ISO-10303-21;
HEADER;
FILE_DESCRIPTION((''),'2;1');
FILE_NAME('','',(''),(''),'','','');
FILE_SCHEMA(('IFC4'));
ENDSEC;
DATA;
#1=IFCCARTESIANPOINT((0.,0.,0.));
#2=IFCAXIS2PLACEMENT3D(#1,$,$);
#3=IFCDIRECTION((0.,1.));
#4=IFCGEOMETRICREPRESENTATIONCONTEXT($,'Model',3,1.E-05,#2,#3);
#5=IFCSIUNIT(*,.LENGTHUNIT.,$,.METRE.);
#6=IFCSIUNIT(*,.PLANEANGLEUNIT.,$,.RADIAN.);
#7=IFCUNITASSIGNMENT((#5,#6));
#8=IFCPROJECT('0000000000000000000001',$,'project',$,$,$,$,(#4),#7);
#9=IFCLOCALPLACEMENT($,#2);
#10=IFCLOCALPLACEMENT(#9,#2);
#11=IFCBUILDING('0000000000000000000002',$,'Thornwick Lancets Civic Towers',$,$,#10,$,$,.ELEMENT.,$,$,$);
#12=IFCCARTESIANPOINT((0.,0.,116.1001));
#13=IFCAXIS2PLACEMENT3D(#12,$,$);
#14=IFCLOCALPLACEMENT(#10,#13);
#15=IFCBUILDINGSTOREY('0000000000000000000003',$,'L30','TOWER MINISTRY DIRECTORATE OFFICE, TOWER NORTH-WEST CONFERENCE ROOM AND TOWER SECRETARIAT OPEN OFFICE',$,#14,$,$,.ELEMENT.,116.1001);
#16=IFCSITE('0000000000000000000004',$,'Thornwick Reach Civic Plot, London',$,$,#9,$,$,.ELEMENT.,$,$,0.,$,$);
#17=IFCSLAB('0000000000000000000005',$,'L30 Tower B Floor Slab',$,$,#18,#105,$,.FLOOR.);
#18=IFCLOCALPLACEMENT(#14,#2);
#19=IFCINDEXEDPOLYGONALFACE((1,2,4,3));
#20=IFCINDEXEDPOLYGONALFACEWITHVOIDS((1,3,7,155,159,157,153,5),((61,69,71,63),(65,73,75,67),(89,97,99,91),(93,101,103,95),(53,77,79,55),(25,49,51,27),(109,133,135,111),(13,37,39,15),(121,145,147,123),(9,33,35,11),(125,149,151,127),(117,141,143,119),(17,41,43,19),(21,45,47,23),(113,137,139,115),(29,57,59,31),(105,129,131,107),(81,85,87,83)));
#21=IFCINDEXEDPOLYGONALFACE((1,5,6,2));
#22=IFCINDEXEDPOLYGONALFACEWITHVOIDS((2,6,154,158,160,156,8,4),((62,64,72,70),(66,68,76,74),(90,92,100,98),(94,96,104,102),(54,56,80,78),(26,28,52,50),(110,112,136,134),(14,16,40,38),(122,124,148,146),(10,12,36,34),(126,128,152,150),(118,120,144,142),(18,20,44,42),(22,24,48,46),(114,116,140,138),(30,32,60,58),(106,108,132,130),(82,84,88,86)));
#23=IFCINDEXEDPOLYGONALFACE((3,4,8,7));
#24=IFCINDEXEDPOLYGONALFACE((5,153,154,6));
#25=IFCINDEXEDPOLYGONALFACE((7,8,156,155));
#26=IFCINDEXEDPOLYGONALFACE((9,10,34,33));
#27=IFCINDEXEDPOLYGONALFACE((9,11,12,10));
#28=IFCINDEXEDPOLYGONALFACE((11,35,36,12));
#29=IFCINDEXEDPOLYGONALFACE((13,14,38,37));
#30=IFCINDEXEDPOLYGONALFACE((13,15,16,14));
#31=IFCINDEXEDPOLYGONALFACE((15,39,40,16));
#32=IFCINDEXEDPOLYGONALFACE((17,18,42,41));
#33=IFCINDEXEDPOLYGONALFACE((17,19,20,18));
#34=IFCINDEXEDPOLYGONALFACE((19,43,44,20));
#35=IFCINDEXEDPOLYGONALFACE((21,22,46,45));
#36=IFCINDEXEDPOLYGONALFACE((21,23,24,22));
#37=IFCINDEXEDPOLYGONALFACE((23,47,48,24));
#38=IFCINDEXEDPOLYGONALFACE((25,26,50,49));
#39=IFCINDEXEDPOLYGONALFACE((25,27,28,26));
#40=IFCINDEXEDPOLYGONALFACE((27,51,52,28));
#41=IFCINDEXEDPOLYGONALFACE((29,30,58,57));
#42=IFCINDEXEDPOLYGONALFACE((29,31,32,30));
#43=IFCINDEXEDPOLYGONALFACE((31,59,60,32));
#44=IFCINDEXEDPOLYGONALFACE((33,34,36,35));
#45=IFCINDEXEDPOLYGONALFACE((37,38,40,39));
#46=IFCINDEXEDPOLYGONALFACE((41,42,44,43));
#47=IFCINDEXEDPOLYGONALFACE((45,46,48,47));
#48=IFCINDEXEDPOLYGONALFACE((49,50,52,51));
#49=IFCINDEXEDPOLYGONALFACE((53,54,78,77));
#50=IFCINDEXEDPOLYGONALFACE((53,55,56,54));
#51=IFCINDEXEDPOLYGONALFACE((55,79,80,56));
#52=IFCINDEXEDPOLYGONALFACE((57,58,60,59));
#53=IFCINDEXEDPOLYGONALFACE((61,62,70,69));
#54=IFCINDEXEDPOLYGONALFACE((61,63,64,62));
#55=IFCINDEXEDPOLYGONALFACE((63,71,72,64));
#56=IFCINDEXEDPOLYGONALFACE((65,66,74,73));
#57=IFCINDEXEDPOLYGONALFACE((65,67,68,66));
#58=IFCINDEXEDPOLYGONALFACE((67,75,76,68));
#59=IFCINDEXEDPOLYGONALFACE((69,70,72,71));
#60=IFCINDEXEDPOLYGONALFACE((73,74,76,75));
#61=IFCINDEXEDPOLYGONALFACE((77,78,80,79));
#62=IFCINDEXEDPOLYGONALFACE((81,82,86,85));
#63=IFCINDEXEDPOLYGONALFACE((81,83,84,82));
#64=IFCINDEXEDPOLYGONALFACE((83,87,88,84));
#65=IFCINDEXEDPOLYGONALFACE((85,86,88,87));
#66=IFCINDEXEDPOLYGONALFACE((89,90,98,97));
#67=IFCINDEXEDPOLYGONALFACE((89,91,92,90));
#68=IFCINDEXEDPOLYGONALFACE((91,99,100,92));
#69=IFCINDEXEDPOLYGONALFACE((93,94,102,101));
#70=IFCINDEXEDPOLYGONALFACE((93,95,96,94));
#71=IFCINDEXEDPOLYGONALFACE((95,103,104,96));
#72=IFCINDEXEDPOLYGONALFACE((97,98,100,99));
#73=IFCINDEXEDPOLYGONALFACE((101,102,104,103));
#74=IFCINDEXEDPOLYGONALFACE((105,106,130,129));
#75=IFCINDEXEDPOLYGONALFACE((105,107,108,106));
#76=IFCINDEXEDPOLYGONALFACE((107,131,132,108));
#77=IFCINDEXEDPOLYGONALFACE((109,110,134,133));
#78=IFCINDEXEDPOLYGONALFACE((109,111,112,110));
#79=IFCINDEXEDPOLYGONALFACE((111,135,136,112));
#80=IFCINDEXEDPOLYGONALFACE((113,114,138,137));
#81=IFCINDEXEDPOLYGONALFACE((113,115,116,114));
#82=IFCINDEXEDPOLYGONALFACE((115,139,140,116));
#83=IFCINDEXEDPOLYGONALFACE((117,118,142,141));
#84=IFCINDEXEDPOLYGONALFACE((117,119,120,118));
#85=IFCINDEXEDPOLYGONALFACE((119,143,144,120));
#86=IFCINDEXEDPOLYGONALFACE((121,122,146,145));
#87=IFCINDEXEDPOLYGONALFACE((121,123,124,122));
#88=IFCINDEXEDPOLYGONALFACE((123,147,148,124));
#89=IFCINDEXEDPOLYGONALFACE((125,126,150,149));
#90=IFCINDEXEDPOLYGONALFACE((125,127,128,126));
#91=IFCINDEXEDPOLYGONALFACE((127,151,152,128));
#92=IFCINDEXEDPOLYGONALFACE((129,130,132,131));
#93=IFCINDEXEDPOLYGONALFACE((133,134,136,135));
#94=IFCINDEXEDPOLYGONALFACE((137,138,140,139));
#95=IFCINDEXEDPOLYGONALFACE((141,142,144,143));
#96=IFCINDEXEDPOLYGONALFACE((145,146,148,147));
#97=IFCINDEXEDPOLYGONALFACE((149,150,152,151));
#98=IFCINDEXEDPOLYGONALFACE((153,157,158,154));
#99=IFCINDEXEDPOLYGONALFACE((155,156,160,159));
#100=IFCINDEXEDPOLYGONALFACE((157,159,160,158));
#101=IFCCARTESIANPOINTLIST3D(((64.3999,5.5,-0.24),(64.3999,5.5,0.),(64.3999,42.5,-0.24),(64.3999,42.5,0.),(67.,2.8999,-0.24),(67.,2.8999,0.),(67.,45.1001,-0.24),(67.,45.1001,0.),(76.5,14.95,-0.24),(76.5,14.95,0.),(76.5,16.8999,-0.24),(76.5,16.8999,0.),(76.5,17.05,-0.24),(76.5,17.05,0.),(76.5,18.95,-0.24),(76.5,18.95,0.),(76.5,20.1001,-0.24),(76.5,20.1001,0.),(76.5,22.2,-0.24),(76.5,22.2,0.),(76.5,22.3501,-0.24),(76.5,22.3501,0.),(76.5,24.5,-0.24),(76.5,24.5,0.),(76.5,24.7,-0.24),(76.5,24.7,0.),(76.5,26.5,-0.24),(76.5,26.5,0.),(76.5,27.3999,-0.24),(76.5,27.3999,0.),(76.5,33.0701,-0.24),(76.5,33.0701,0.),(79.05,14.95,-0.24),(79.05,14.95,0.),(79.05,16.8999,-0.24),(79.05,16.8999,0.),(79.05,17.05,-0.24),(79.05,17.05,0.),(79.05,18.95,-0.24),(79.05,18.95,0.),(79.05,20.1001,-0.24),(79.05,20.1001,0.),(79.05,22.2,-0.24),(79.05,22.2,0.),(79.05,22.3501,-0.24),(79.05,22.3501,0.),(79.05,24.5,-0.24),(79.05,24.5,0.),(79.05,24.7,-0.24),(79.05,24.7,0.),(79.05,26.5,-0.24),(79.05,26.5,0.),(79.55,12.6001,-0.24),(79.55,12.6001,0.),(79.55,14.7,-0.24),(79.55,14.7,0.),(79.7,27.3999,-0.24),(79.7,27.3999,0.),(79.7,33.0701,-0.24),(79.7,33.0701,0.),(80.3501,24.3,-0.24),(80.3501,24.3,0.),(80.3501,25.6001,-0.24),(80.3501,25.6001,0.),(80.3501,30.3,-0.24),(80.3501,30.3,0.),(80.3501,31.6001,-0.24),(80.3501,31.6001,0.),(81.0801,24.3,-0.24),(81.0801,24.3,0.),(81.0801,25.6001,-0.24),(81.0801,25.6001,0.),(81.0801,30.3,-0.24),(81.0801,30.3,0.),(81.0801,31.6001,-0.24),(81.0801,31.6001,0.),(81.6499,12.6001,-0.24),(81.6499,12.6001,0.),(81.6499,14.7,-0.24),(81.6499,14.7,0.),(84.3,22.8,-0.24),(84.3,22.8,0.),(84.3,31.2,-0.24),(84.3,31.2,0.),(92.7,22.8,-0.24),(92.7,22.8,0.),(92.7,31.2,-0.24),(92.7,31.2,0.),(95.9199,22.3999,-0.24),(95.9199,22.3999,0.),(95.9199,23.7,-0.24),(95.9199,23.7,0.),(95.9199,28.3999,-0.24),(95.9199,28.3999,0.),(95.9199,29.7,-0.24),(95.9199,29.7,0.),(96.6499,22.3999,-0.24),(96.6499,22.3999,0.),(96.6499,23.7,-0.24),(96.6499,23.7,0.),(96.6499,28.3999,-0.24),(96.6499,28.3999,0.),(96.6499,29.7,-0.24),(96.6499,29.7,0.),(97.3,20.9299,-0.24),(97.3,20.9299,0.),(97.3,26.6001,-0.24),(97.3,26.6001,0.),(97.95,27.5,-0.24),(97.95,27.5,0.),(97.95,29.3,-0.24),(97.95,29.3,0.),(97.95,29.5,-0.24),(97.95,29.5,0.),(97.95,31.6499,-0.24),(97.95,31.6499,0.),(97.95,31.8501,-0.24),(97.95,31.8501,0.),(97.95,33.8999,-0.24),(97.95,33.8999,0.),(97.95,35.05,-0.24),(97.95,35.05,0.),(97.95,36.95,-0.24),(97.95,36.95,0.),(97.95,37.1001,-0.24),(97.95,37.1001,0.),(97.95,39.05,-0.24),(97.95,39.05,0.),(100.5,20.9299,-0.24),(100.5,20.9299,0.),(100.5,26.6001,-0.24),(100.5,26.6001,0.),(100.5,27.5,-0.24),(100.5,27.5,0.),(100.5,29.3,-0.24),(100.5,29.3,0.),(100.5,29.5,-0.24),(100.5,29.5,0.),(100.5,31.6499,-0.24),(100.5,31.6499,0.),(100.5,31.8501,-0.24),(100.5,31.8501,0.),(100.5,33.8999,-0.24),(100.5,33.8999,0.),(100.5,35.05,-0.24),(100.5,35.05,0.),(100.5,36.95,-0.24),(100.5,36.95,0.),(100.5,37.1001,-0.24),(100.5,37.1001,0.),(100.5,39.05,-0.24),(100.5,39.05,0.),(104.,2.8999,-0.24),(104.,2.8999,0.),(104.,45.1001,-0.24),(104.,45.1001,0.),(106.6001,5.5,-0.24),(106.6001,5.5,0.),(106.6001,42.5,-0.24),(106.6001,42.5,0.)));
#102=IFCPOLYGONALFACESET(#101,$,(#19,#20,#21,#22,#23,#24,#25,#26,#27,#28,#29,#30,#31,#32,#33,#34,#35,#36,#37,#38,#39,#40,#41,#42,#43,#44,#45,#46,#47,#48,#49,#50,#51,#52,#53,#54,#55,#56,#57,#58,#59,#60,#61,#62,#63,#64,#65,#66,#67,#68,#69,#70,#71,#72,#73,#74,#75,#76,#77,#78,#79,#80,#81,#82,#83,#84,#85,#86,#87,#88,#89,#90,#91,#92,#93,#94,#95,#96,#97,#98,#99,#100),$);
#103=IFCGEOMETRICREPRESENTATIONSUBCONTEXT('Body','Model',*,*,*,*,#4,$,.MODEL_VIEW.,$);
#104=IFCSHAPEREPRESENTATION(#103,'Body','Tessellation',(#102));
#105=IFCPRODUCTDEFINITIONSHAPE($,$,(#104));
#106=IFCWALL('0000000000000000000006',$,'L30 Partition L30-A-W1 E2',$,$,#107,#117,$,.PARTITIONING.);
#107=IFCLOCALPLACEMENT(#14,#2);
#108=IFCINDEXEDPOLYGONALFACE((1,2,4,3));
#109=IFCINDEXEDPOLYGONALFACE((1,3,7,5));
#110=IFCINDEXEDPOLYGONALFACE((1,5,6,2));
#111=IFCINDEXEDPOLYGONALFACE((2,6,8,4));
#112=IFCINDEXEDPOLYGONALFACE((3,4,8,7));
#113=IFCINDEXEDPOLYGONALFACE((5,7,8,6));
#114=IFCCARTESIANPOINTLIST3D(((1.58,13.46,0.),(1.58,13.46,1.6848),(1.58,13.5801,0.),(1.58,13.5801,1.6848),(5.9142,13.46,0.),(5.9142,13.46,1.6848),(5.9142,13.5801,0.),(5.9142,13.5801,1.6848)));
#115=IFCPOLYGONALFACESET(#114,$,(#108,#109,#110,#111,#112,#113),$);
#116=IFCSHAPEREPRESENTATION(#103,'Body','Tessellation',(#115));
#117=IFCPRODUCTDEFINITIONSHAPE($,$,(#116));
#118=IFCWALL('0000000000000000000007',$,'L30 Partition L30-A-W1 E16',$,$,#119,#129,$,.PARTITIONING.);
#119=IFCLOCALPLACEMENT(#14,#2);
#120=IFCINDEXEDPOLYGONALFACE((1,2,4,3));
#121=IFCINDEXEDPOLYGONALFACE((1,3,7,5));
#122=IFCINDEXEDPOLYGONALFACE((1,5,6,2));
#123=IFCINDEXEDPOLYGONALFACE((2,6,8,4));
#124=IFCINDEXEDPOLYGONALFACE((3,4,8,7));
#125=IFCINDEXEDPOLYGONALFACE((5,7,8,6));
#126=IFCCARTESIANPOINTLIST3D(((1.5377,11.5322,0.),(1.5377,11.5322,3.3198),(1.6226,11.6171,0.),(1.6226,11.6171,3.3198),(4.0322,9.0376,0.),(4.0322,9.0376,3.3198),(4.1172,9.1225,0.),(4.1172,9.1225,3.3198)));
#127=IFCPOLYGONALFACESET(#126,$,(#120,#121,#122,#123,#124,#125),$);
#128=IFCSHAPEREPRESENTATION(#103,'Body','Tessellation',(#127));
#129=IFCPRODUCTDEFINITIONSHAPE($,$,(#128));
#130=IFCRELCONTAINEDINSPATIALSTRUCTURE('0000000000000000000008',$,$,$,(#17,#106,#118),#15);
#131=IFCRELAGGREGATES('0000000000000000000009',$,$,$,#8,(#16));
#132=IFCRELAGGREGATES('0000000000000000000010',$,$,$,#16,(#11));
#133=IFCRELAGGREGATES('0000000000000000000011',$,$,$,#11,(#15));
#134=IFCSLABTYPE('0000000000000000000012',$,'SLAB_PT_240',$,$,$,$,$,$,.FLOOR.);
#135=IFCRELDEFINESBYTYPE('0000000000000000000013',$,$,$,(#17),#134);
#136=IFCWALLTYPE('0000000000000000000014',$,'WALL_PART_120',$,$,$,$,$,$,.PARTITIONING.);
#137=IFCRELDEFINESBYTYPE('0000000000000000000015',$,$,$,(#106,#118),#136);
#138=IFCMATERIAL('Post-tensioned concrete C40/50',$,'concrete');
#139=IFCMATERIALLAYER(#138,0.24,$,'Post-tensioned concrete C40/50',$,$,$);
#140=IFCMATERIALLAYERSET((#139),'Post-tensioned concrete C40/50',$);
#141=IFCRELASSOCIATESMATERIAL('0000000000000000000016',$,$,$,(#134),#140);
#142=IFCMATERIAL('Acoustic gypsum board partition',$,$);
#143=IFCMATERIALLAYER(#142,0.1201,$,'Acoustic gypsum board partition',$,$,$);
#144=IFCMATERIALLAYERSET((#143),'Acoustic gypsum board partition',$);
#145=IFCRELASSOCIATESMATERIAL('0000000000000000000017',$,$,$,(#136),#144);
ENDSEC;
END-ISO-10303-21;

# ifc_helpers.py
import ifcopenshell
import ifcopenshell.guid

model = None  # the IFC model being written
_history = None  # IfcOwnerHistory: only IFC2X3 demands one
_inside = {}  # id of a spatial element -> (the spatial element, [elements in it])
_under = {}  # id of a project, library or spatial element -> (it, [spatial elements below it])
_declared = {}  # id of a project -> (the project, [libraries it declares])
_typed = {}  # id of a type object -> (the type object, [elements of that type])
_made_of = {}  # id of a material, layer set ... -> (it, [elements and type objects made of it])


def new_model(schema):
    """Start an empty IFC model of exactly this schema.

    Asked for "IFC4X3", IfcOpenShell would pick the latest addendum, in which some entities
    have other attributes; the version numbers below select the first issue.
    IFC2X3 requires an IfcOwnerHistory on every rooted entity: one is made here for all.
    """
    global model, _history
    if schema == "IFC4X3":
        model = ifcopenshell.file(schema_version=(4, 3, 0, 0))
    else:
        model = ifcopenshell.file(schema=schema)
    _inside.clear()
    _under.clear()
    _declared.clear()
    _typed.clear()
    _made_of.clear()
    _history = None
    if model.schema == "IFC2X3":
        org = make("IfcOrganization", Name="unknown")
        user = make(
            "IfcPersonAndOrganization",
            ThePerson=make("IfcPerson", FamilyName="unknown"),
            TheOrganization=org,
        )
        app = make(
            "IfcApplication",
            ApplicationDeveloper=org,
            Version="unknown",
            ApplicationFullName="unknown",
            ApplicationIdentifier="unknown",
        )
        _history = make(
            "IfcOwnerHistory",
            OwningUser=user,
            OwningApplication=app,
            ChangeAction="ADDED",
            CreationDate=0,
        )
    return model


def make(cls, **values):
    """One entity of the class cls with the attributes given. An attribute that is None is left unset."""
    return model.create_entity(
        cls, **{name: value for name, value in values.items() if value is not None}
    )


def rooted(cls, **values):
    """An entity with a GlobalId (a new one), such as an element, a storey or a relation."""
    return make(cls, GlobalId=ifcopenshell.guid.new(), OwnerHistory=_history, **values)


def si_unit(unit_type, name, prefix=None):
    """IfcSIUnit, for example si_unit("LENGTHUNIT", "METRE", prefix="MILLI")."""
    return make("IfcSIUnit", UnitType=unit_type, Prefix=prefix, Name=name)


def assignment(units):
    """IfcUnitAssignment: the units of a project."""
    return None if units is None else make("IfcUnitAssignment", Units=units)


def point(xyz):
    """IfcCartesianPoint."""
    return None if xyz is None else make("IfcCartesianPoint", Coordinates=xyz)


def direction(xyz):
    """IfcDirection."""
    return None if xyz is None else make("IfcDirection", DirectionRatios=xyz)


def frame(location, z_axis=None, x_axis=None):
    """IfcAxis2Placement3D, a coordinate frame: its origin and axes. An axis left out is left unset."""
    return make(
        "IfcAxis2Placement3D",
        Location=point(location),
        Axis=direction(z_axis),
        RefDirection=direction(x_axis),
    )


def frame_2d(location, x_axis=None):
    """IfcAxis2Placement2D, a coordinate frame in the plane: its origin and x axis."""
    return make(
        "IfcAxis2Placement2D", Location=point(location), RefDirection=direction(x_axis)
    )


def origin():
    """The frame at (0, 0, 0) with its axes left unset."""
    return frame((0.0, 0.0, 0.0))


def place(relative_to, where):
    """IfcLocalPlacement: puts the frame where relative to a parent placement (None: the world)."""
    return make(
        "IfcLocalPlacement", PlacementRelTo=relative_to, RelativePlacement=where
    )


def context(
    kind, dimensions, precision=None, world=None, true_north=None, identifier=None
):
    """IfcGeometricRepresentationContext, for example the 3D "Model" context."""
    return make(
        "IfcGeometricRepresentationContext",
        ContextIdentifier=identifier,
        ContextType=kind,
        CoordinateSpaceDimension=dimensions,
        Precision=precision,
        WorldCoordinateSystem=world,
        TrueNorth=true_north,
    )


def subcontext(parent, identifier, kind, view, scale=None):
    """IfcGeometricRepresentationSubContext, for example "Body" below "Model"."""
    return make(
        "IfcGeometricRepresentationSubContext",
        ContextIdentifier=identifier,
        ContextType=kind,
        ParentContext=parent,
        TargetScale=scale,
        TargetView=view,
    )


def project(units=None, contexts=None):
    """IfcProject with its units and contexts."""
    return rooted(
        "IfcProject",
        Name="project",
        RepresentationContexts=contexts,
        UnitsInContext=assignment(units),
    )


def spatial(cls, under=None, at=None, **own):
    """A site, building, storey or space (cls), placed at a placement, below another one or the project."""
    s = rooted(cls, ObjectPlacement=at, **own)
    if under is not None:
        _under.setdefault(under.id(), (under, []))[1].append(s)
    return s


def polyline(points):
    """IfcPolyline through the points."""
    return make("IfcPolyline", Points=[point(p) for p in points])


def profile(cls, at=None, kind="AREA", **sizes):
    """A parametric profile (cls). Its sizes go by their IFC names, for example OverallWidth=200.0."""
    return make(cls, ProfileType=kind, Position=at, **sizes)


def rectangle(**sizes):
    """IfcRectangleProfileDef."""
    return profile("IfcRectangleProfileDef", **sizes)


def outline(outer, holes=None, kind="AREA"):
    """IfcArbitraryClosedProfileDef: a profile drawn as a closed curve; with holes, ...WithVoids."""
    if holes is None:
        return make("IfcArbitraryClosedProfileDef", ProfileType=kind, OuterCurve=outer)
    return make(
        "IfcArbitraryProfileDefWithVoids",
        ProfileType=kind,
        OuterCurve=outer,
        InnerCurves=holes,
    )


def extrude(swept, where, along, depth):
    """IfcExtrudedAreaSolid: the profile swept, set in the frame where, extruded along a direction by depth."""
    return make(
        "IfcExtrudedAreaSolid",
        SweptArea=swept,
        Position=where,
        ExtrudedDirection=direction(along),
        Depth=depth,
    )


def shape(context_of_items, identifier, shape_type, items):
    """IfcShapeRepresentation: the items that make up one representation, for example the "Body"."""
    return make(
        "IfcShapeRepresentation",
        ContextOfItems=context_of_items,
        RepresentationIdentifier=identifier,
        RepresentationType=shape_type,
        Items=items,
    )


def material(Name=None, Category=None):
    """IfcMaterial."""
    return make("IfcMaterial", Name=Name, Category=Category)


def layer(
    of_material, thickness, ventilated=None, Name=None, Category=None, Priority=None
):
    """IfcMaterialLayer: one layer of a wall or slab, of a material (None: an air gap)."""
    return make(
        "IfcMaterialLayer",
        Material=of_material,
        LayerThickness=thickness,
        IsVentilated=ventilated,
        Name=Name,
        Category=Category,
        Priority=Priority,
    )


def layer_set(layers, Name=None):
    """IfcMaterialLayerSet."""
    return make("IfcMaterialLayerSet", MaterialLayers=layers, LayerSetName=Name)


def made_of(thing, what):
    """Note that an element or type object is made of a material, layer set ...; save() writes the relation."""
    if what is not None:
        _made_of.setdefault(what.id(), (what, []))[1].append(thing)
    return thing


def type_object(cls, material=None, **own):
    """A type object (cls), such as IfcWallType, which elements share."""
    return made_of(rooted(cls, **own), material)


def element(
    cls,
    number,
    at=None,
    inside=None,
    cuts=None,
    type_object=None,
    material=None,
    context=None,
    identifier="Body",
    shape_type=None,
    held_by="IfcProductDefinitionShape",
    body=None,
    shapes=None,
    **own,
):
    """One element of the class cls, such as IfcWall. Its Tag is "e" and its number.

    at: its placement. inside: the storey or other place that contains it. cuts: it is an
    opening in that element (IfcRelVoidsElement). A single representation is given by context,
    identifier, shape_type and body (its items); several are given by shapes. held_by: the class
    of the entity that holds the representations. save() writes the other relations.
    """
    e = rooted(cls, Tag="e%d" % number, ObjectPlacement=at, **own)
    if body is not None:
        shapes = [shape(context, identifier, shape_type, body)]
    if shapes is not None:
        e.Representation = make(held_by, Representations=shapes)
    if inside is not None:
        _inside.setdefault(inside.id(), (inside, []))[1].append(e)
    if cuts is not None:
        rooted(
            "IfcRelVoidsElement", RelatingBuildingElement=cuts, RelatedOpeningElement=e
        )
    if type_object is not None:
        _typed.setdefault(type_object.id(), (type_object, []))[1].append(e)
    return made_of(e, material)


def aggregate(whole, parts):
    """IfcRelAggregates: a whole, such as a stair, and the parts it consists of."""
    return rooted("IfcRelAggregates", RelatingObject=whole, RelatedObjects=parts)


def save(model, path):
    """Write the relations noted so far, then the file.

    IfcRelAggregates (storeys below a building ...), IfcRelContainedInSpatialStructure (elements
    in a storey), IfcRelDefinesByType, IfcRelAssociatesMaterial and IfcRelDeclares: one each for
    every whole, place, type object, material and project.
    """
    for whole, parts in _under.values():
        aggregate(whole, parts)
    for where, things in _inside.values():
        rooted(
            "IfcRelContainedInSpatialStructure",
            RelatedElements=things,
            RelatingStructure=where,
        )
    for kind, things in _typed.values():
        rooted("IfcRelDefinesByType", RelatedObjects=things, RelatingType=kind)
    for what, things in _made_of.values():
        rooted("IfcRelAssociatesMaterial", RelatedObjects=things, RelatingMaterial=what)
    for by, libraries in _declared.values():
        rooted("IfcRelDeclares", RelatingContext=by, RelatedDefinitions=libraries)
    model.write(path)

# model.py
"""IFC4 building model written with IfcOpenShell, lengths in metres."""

from ifc_helpers import new_model, si_unit, direction, frame, frame_2d, origin, place, context, subcontext, project, spatial, polyline, rectangle, outline, extrude, material, layer, layer_set, type_object, element, save


model = new_model("IFC4")

# Units and contexts
model_context = context("Model", 3, precision=1e-05, world=origin(), true_north=direction((0.0, 1.0)))
body_context = subcontext(model_context, "Body", "Model", "MODEL_VIEW")
ifc_project = project(units=[si_unit("LENGTHUNIT", "METRE"), si_unit("PLANEANGLEUNIT", "RADIAN")], contexts=[model_context])

# Site, building, storey
site_placement = place(None, origin())
site = spatial("IfcSite", under=ifc_project, at=site_placement, Name="Thornwick Reach Civic Plot, London", CompositionType="ELEMENT", RefElevation=0.0)
building_placement = place(site_placement, origin())
building = spatial("IfcBuilding", under=site, at=building_placement, Name="Thornwick Lancets Civic Towers", CompositionType="ELEMENT")
storey_placement = place(building_placement, frame((0.0, 0.0, 116.1001)))
storey = spatial("IfcBuildingStorey", under=building, at=storey_placement, Name="L30", Description="TOWER MINISTRY DIRECTORATE OFFICE, TOWER NORTH-WEST CONFERENCE ROOM AND TOWER SECRETARIAT OPEN OFFICE", CompositionType="ELEMENT", Elevation=116.1001)

# Shared definitions
ifc_material_1 = material(Name="Post-tensioned concrete C40/50", Category="concrete")

# Slab
ifc_layer_1 = layer(ifc_material_1, 0.24, Name="Post-tensioned concrete C40/50")
ifc_layer_set_1 = layer_set([ifc_layer_1], Name="Post-tensioned concrete C40/50")
slab_type_1 = type_object("IfcSlabType", Name="SLAB_PT_240", PredefinedType="FLOOR", material=ifc_layer_set_1)
slab_1_placement = place(storey_placement, frame((0.0, 0.0, -0.24)))
element("IfcSlab", 1, at=slab_1_placement, inside=storey, type_object=slab_type_1, Name="L30 Tower B Floor Slab", PredefinedType="FLOOR", context=body_context, shape_type="SweptSolid", body=[
    extrude(outline(polyline([(67.0, 2.8999), (104.0, 2.8999), (106.6001, 5.5), (106.6001, 42.5), (104.0, 45.1001), (67.0, 45.1001), (64.3999, 42.5), (64.3999, 5.5), (67.0, 2.8999)]), holes=[polyline([(84.3, 22.8), (92.7, 22.8), (92.7, 31.2), (84.3, 31.2), (84.3, 22.8)]), polyline([(100.5, 20.9299), (100.5, 26.6001), (97.3, 26.6001), (97.3, 20.9299), (100.5, 20.9299)]), polyline([(76.5, 33.0701), (76.5, 27.3999), (79.7, 27.3999), (79.7, 33.0701), (76.5, 33.0701)]), polyline([(97.95, 27.5), (100.5, 27.5), (100.5, 29.3), (97.95, 29.3), (97.95, 27.5)]), polyline([(97.95, 29.5), (100.5, 29.5), (100.5, 31.6499), (97.95, 31.6499), (97.95, 29.5)]), polyline([(97.95, 31.8501), (100.5, 31.8501), (100.5, 33.8999), (97.95, 33.8999), (97.95, 31.8501)]), polyline([(97.95, 35.05), (100.5, 35.05), (100.5, 36.95), (97.95, 36.95), (97.95, 35.05)]), polyline([(97.95, 37.1001), (100.5, 37.1001), (100.5, 39.05), (97.95, 39.05), (97.95, 37.1001)]), polyline([(76.5, 24.7), (79.05, 24.7), (79.05, 26.5), (76.5, 26.5), (76.5, 24.7)]), polyline([(76.5, 22.3501), (79.05, 22.3501), (79.05, 24.5), (76.5, 24.5), (76.5, 22.3501)]), polyline([(76.5, 20.1001), (79.05, 20.1001), (79.05, 22.2), (76.5, 22.2), (76.5, 20.1001)]), polyline([(76.5, 17.05), (79.05, 17.05), (79.05, 18.95), (76.5, 18.95), (76.5, 17.05)]), polyline([(76.5, 14.95), (79.05, 14.95), (79.05, 16.8999), (76.5, 16.8999), (76.5, 14.95)]), polyline([(79.55, 12.6001), (81.6499, 12.6001), (81.6499, 14.7), (79.55, 14.7), (79.55, 12.6001)]), polyline([(95.9199, 28.3999), (96.6499, 28.3999), (96.6499, 29.7), (95.9199, 29.7), (95.9199, 28.3999)]), polyline([(95.9199, 22.3999), (96.6499, 22.3999), (96.6499, 23.7), (95.9199, 23.7), (95.9199, 22.3999)]), polyline([(80.3501, 24.3), (81.0801, 24.3), (81.0801, 25.6001), (80.3501, 25.6001), (80.3501, 24.3)]), polyline([(80.3501, 30.3), (81.0801, 30.3), (81.0801, 31.6001), (80.3501, 31.6001), (80.3501, 30.3)])]), origin(), (0.0, 0.0, 1.0), 0.24),
])

# Walls
ifc_material_2 = material(Name="Acoustic gypsum board partition")
ifc_layer_2 = layer(ifc_material_2, 0.1201, Name="Acoustic gypsum board partition")
ifc_layer_set_2 = layer_set([ifc_layer_2], Name="Acoustic gypsum board partition")
wall_type = type_object("IfcWallType", Name="WALL_PART_120", PredefinedType="PARTITIONING", material=ifc_layer_set_2)
wall_1_placement = place(storey_placement, frame((1.5801, 13.52, 0.0), z_axis=(0.0, 0.0, 1.0), x_axis=(1.0, 0.0, 0.0)))
element("IfcWall", 2, at=wall_1_placement, inside=storey, type_object=wall_type, Name="L30 Partition L30-A-W1 E2", PredefinedType="PARTITIONING", context=body_context, shape_type="SweptSolid", body=[
    extrude(rectangle(XDim=4.3342, YDim=0.1201, at=frame_2d((2.167, 0.0))), origin(), (0.0, 0.0, 1.0), 1.6848),
])
wall_2_placement = place(storey_placement, frame((4.0747, 9.0801, 0.0), z_axis=(0.0, 0.0, 1.0), x_axis=(-0.707107, 0.707107, 0.0)))
element("IfcWall", 3, at=wall_2_placement, inside=storey, type_object=wall_type, Name="L30 Partition L30-A-W1 E16", PredefinedType="PARTITIONING", context=body_context, shape_type="SweptSolid", body=[
    extrude(rectangle(XDim=3.5278, YDim=0.1201, at=frame_2d((1.7639, 0.0))), origin(), (0.0, 0.0, 1.0), 3.3198),
])

save(model, "model.ifc")
